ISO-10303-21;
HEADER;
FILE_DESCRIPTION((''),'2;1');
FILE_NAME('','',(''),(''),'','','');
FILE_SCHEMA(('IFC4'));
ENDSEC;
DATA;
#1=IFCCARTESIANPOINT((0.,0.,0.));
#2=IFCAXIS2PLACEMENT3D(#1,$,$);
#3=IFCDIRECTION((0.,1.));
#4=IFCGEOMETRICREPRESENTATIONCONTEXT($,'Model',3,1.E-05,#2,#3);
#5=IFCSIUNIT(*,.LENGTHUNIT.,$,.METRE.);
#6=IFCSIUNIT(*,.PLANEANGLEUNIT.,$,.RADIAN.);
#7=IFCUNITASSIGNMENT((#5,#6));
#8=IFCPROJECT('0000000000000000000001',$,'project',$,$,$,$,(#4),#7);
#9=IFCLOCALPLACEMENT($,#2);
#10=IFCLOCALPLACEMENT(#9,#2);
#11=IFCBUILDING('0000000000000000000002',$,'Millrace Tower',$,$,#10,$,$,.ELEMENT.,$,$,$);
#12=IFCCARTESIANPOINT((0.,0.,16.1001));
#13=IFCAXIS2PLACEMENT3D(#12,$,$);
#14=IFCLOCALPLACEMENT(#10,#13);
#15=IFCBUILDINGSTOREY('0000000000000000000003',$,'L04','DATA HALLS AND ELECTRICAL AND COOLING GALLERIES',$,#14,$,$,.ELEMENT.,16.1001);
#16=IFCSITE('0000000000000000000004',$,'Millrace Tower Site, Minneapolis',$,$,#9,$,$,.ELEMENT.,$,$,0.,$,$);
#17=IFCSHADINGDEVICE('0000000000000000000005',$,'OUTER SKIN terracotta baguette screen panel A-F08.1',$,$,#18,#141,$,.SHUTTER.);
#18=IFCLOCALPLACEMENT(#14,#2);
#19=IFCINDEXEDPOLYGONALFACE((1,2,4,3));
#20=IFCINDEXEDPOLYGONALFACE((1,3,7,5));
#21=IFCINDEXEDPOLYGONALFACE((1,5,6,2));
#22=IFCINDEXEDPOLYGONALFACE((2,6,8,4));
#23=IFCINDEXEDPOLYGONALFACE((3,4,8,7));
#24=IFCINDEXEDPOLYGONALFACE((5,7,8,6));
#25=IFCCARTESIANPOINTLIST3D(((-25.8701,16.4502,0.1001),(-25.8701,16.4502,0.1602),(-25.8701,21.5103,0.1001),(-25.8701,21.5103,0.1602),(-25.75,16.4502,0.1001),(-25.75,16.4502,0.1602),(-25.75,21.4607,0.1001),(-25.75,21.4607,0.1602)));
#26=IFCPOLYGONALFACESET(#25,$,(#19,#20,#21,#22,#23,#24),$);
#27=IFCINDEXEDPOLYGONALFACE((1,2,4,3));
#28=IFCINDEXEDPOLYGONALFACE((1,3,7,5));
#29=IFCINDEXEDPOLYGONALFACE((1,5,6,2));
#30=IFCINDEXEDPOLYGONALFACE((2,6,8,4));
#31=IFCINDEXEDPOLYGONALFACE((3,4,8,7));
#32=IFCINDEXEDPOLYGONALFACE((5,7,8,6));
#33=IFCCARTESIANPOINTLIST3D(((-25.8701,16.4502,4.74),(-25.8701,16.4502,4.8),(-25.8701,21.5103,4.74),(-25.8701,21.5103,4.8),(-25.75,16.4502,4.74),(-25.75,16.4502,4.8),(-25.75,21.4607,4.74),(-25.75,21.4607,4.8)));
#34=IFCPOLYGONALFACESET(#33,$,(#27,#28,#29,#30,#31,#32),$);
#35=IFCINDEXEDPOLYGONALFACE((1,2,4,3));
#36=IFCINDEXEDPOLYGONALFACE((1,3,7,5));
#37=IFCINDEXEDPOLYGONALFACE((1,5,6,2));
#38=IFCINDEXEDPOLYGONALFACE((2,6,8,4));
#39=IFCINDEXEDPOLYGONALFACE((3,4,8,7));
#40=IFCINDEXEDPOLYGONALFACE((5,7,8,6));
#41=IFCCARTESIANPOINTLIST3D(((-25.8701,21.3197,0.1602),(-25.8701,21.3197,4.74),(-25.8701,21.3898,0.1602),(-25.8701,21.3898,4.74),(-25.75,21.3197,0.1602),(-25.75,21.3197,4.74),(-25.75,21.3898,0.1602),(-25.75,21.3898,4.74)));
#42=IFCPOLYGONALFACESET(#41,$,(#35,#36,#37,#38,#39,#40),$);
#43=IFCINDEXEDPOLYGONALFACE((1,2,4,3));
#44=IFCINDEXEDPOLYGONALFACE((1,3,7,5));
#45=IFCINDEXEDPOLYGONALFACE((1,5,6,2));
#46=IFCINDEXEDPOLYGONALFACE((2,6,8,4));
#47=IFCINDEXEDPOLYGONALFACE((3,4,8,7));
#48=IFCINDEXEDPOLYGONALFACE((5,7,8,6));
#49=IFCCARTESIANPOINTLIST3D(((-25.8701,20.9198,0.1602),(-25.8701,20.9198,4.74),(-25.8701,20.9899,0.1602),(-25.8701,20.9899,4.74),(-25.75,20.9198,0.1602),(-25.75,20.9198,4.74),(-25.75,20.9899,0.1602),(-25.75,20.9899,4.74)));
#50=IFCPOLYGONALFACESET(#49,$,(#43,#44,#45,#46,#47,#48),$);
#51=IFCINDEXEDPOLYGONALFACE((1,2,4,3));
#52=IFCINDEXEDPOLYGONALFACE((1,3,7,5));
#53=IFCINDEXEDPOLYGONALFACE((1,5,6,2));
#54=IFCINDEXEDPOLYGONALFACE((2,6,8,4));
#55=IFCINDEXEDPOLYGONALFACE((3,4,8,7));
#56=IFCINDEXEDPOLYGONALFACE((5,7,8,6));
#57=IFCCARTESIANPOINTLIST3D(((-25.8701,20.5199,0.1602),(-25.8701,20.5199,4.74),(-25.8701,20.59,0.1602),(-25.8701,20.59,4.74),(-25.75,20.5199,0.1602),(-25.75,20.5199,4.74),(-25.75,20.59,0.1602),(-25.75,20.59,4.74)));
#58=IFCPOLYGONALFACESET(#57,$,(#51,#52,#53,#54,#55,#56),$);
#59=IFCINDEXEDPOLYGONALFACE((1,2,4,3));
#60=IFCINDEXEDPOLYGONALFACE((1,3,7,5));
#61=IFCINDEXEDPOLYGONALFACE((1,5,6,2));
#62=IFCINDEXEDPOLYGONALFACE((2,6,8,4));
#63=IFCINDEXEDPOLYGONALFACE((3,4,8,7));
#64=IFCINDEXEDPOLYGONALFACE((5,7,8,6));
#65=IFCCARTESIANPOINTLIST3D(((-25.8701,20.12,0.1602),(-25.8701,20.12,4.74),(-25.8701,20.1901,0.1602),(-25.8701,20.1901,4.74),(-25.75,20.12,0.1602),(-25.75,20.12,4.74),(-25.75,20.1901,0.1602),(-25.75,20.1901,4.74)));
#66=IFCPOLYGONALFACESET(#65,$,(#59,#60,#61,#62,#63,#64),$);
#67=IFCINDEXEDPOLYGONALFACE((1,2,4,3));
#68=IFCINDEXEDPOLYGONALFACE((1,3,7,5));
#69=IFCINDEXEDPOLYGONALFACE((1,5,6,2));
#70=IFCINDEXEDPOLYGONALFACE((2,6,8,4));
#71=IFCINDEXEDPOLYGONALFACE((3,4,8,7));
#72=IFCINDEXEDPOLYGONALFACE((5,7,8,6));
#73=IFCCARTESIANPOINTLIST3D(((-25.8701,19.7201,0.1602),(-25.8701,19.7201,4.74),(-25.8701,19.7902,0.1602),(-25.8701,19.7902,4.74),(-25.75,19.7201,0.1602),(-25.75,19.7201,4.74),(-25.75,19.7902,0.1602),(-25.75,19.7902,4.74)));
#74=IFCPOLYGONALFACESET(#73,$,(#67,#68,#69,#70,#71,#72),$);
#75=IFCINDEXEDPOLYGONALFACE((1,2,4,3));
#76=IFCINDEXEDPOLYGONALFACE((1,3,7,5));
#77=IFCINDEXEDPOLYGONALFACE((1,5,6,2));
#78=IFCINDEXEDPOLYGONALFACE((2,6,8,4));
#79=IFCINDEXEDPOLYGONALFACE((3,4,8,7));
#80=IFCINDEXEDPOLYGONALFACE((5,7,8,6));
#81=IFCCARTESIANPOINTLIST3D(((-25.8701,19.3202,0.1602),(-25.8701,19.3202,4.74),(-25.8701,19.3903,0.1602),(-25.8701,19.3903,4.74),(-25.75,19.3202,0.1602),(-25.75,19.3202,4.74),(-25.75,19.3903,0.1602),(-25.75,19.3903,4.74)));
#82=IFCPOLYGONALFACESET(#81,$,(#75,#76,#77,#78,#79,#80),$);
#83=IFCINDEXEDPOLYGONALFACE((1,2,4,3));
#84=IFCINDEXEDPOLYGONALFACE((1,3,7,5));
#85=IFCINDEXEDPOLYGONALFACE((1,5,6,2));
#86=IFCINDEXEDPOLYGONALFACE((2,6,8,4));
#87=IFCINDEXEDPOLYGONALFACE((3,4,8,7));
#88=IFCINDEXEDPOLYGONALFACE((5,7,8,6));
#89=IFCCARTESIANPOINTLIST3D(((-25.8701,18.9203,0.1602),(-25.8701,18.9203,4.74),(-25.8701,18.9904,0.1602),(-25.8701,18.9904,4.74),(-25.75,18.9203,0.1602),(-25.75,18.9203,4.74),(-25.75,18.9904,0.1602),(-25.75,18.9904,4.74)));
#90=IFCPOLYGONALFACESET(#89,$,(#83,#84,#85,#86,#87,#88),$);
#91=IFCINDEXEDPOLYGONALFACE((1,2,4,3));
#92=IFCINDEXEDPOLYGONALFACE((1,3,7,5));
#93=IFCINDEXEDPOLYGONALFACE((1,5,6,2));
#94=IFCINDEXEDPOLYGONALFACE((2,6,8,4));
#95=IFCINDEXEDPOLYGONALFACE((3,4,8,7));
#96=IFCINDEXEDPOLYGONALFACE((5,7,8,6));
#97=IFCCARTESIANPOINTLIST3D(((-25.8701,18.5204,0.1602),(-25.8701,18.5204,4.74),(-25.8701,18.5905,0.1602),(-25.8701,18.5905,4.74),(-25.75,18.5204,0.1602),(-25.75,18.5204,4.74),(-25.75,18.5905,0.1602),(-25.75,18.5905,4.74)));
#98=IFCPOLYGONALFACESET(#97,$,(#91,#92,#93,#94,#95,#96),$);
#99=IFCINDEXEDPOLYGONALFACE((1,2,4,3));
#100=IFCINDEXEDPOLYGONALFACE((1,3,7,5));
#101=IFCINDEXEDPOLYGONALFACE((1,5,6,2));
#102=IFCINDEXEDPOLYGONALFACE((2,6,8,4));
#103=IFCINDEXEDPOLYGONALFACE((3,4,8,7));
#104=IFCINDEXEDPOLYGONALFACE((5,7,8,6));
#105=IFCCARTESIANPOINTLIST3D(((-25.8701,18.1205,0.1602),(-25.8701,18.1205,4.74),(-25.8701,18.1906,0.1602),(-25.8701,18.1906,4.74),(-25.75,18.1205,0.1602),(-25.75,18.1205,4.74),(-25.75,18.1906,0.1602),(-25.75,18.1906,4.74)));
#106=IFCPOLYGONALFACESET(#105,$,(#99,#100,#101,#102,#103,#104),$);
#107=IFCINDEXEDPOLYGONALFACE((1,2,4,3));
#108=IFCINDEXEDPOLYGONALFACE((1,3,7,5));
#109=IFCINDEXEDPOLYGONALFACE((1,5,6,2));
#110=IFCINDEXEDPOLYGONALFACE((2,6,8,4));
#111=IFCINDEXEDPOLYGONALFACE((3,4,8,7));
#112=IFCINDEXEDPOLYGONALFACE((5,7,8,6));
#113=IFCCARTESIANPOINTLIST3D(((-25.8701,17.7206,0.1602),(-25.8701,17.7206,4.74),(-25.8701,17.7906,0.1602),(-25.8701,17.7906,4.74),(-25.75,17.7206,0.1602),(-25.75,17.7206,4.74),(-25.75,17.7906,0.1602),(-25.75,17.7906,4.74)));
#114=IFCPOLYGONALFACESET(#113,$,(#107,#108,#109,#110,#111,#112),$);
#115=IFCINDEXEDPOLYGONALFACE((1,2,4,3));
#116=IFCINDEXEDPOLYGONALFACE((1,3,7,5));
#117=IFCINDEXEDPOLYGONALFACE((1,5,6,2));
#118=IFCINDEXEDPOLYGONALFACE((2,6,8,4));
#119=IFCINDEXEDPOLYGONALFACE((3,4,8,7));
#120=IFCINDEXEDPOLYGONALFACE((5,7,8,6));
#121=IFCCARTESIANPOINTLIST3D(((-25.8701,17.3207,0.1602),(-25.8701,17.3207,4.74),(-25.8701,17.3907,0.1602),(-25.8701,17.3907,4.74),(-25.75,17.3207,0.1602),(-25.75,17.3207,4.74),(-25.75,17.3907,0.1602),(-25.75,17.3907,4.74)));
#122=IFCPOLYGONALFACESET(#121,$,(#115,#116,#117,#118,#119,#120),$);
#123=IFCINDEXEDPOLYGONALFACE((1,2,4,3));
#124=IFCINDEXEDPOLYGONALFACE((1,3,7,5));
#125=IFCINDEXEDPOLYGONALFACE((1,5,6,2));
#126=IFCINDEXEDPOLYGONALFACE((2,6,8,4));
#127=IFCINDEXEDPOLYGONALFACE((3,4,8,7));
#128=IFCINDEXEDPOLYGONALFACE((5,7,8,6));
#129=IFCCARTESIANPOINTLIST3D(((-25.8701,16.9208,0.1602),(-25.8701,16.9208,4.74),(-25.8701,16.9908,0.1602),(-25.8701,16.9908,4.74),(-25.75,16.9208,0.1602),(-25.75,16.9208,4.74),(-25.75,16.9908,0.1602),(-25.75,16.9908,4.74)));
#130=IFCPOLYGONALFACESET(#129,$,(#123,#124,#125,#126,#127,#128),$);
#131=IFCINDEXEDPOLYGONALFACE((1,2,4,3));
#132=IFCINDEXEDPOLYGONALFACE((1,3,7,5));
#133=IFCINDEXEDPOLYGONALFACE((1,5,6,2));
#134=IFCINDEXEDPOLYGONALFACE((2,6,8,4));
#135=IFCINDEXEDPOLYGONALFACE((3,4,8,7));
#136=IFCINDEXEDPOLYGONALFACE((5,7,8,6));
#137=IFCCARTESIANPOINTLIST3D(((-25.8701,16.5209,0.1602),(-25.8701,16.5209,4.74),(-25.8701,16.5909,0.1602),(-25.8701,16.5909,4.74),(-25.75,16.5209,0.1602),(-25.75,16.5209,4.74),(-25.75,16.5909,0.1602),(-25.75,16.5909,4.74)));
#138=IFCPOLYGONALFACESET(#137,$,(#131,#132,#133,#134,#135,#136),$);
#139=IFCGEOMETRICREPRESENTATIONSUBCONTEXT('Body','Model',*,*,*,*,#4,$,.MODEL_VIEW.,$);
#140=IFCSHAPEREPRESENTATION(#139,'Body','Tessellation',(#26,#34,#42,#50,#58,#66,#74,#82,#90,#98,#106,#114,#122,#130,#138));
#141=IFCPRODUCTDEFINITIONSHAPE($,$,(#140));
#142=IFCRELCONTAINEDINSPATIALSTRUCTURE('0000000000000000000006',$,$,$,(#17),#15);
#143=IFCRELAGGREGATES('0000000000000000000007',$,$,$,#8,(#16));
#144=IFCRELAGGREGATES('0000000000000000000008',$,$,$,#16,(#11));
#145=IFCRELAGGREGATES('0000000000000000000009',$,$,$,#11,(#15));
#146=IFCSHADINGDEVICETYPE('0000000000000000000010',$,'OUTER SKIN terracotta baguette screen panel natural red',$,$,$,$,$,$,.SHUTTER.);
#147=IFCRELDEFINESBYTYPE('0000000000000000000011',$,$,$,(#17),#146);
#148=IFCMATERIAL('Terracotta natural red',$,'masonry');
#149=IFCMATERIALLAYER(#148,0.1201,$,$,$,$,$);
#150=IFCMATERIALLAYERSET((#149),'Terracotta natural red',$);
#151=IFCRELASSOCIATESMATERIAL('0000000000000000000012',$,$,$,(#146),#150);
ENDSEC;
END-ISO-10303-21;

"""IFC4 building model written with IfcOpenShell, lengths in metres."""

from ifc_helpers import new_model, entity, si_unit, direction, frame, frame_2d, origin, place, context, subcontext, project, spatial, rectangle, extrude, source, transform, mapped, material, layer, layer_set, type_object, element, save


model = new_model("IFC4")

# Units and contexts
model_context = context("Model", 3, precision=1e-05, world=origin(), true_north=direction((0.0, 1.0)))
body_context = subcontext(model_context, "Body", "Model", "MODEL_VIEW")
ifc_project = project(units=[si_unit("LENGTHUNIT", "METRE"), si_unit("PLANEANGLEUNIT", "RADIAN")], contexts=[model_context])

# Site, building, storey
site_placement = place(None, origin())
site = spatial("IfcSite", under=ifc_project, at=site_placement, Name="Millrace Tower Site, Minneapolis", CompositionType="ELEMENT", RefElevation=0.0)
building_placement = place(site_placement, origin())
building = spatial("IfcBuilding", under=site, at=building_placement, Name="Millrace Tower", CompositionType="ELEMENT")
storey_placement = place(building_placement, frame((0.0, 0.0, 16.1001)))
storey = spatial("IfcBuildingStorey", under=building, at=storey_placement, Name="L04", Description="DATA HALLS AND ELECTRICAL AND COOLING GALLERIES", CompositionType="ELEMENT", Elevation=16.1001)

# Shading device
ifc_material_1 = material(Name="Terracotta natural red", Category="masonry")
ifc_layer_1 = layer(ifc_material_1, 0.1201)
ifc_layer_set_1 = layer_set([ifc_layer_1], Name="Terracotta natural red")
shading_device_type_1 = type_object("IfcShadingDeviceType", Name="OUTER SKIN terracotta baguette screen panel natural red", PredefinedType="SHUTTER", material=ifc_layer_set_1)
cartesian_point_1 = entity("IfcCartesianPoint", [-2.4929, 0.0601])
shared_polyline_1 = entity("IfcPolyline", [cartesian_point_1, entity("IfcCartesianPoint", [2.5176, 0.0601]), entity("IfcCartesianPoint", [2.5176, -0.0601]), entity("IfcCartesianPoint", [-2.5425, -0.0601]), cartesian_point_1])
shared_shape_1 = source(origin(), body_context, "Body", "SweptSolid", [
    entity("IfcExtrudedAreaSolid", entity("IfcArbitraryClosedProfileDef", "AREA", None, shared_polyline_1), entity("IfcAxis2Placement3D", entity("IfcCartesianPoint", [0.0, 0.0, 0.0])), entity("IfcDirection", [0.0, 0.0, 1.0]), 0.0601),
    entity("IfcExtrudedAreaSolid", entity("IfcArbitraryClosedProfileDef", "AREA", None, shared_polyline_1), entity("IfcAxis2Placement3D", entity("IfcCartesianPoint", [0.0, 0.0, 4.6399])), entity("IfcDirection", [0.0, 0.0, 1.0]), 0.0601),
    extrude(rectangle(XDim=0.0701, YDim=0.1201, at=frame_2d((-2.387, 0.0))), frame((0.0, 0.0, 0.0601)), (0.0, 0.0, 1.0), 4.5798),
    extrude(rectangle(XDim=0.0701, YDim=0.1201, at=frame_2d((-1.9871, 0.0))), frame((0.0, 0.0, 0.0601)), (0.0, 0.0, 1.0), 4.5798),
    extrude(rectangle(XDim=0.0701, YDim=0.1201, at=frame_2d((-1.5872, 0.0))), frame((0.0, 0.0, 0.0601)), (0.0, 0.0, 1.0), 4.5798),
    extrude(rectangle(XDim=0.0701, YDim=0.1201, at=frame_2d((-1.1873, 0.0))), frame((0.0, 0.0, 0.0601)), (0.0, 0.0, 1.0), 4.5798),
    extrude(rectangle(XDim=0.0701, YDim=0.1201, at=frame_2d((-0.7874, 0.0))), frame((0.0, 0.0, 0.0601)), (0.0, 0.0, 1.0), 4.5798),
    extrude(rectangle(XDim=0.0701, YDim=0.1201, at=frame_2d((-0.3875, 0.0))), frame((0.0, 0.0, 0.0601)), (0.0, 0.0, 1.0), 4.5798),
    extrude(rectangle(XDim=0.0701, YDim=0.1201, at=frame_2d((0.0125, 0.0))), frame((0.0, 0.0, 0.0601)), (0.0, 0.0, 1.0), 4.5798),
    extrude(rectangle(XDim=0.0701, YDim=0.1201, at=frame_2d((0.4124, 0.0))), frame((0.0, 0.0, 0.0601)), (0.0, 0.0, 1.0), 4.5798),
    extrude(rectangle(XDim=0.0701, YDim=0.1201, at=frame_2d((0.8123, 0.0))), frame((0.0, 0.0, 0.0601)), (0.0, 0.0, 1.0), 4.5798),
    extrude(rectangle(XDim=0.0701, YDim=0.1201, at=frame_2d((1.2122, 0.0))), frame((0.0, 0.0, 0.0601)), (0.0, 0.0, 1.0), 4.5798),
    extrude(rectangle(XDim=0.0701, YDim=0.1201, at=frame_2d((1.6121, 0.0))), frame((0.0, 0.0, 0.0601)), (0.0, 0.0, 1.0), 4.5798),
    extrude(rectangle(XDim=0.0701, YDim=0.1201, at=frame_2d((2.012, 0.0))), frame((0.0, 0.0, 0.0601)), (0.0, 0.0, 1.0), 4.5798),
    extrude(rectangle(XDim=0.0701, YDim=0.1201, at=frame_2d((2.4119, 0.0))), frame((0.0, 0.0, 0.0601)), (0.0, 0.0, 1.0), 4.5798),
])
shading_device_1_placement = place(storey_placement, frame((-25.8101, 18.9678, 0.1001), z_axis=(0.0, 0.0, 1.0), x_axis=(0.0, -1.0, 0.0)))
element("IfcShadingDevice", 1, at=shading_device_1_placement, inside=storey, type_object=shading_device_type_1, Name="OUTER SKIN terracotta baguette screen panel A-F08.1", PredefinedType="SHUTTER", context=body_context, shape_type="MappedRepresentation", body=[
    mapped(shared_shape_1, transform((0.0, 0.0, 0.0), scale=1.0)),
])

save(model, "model.ifc")
